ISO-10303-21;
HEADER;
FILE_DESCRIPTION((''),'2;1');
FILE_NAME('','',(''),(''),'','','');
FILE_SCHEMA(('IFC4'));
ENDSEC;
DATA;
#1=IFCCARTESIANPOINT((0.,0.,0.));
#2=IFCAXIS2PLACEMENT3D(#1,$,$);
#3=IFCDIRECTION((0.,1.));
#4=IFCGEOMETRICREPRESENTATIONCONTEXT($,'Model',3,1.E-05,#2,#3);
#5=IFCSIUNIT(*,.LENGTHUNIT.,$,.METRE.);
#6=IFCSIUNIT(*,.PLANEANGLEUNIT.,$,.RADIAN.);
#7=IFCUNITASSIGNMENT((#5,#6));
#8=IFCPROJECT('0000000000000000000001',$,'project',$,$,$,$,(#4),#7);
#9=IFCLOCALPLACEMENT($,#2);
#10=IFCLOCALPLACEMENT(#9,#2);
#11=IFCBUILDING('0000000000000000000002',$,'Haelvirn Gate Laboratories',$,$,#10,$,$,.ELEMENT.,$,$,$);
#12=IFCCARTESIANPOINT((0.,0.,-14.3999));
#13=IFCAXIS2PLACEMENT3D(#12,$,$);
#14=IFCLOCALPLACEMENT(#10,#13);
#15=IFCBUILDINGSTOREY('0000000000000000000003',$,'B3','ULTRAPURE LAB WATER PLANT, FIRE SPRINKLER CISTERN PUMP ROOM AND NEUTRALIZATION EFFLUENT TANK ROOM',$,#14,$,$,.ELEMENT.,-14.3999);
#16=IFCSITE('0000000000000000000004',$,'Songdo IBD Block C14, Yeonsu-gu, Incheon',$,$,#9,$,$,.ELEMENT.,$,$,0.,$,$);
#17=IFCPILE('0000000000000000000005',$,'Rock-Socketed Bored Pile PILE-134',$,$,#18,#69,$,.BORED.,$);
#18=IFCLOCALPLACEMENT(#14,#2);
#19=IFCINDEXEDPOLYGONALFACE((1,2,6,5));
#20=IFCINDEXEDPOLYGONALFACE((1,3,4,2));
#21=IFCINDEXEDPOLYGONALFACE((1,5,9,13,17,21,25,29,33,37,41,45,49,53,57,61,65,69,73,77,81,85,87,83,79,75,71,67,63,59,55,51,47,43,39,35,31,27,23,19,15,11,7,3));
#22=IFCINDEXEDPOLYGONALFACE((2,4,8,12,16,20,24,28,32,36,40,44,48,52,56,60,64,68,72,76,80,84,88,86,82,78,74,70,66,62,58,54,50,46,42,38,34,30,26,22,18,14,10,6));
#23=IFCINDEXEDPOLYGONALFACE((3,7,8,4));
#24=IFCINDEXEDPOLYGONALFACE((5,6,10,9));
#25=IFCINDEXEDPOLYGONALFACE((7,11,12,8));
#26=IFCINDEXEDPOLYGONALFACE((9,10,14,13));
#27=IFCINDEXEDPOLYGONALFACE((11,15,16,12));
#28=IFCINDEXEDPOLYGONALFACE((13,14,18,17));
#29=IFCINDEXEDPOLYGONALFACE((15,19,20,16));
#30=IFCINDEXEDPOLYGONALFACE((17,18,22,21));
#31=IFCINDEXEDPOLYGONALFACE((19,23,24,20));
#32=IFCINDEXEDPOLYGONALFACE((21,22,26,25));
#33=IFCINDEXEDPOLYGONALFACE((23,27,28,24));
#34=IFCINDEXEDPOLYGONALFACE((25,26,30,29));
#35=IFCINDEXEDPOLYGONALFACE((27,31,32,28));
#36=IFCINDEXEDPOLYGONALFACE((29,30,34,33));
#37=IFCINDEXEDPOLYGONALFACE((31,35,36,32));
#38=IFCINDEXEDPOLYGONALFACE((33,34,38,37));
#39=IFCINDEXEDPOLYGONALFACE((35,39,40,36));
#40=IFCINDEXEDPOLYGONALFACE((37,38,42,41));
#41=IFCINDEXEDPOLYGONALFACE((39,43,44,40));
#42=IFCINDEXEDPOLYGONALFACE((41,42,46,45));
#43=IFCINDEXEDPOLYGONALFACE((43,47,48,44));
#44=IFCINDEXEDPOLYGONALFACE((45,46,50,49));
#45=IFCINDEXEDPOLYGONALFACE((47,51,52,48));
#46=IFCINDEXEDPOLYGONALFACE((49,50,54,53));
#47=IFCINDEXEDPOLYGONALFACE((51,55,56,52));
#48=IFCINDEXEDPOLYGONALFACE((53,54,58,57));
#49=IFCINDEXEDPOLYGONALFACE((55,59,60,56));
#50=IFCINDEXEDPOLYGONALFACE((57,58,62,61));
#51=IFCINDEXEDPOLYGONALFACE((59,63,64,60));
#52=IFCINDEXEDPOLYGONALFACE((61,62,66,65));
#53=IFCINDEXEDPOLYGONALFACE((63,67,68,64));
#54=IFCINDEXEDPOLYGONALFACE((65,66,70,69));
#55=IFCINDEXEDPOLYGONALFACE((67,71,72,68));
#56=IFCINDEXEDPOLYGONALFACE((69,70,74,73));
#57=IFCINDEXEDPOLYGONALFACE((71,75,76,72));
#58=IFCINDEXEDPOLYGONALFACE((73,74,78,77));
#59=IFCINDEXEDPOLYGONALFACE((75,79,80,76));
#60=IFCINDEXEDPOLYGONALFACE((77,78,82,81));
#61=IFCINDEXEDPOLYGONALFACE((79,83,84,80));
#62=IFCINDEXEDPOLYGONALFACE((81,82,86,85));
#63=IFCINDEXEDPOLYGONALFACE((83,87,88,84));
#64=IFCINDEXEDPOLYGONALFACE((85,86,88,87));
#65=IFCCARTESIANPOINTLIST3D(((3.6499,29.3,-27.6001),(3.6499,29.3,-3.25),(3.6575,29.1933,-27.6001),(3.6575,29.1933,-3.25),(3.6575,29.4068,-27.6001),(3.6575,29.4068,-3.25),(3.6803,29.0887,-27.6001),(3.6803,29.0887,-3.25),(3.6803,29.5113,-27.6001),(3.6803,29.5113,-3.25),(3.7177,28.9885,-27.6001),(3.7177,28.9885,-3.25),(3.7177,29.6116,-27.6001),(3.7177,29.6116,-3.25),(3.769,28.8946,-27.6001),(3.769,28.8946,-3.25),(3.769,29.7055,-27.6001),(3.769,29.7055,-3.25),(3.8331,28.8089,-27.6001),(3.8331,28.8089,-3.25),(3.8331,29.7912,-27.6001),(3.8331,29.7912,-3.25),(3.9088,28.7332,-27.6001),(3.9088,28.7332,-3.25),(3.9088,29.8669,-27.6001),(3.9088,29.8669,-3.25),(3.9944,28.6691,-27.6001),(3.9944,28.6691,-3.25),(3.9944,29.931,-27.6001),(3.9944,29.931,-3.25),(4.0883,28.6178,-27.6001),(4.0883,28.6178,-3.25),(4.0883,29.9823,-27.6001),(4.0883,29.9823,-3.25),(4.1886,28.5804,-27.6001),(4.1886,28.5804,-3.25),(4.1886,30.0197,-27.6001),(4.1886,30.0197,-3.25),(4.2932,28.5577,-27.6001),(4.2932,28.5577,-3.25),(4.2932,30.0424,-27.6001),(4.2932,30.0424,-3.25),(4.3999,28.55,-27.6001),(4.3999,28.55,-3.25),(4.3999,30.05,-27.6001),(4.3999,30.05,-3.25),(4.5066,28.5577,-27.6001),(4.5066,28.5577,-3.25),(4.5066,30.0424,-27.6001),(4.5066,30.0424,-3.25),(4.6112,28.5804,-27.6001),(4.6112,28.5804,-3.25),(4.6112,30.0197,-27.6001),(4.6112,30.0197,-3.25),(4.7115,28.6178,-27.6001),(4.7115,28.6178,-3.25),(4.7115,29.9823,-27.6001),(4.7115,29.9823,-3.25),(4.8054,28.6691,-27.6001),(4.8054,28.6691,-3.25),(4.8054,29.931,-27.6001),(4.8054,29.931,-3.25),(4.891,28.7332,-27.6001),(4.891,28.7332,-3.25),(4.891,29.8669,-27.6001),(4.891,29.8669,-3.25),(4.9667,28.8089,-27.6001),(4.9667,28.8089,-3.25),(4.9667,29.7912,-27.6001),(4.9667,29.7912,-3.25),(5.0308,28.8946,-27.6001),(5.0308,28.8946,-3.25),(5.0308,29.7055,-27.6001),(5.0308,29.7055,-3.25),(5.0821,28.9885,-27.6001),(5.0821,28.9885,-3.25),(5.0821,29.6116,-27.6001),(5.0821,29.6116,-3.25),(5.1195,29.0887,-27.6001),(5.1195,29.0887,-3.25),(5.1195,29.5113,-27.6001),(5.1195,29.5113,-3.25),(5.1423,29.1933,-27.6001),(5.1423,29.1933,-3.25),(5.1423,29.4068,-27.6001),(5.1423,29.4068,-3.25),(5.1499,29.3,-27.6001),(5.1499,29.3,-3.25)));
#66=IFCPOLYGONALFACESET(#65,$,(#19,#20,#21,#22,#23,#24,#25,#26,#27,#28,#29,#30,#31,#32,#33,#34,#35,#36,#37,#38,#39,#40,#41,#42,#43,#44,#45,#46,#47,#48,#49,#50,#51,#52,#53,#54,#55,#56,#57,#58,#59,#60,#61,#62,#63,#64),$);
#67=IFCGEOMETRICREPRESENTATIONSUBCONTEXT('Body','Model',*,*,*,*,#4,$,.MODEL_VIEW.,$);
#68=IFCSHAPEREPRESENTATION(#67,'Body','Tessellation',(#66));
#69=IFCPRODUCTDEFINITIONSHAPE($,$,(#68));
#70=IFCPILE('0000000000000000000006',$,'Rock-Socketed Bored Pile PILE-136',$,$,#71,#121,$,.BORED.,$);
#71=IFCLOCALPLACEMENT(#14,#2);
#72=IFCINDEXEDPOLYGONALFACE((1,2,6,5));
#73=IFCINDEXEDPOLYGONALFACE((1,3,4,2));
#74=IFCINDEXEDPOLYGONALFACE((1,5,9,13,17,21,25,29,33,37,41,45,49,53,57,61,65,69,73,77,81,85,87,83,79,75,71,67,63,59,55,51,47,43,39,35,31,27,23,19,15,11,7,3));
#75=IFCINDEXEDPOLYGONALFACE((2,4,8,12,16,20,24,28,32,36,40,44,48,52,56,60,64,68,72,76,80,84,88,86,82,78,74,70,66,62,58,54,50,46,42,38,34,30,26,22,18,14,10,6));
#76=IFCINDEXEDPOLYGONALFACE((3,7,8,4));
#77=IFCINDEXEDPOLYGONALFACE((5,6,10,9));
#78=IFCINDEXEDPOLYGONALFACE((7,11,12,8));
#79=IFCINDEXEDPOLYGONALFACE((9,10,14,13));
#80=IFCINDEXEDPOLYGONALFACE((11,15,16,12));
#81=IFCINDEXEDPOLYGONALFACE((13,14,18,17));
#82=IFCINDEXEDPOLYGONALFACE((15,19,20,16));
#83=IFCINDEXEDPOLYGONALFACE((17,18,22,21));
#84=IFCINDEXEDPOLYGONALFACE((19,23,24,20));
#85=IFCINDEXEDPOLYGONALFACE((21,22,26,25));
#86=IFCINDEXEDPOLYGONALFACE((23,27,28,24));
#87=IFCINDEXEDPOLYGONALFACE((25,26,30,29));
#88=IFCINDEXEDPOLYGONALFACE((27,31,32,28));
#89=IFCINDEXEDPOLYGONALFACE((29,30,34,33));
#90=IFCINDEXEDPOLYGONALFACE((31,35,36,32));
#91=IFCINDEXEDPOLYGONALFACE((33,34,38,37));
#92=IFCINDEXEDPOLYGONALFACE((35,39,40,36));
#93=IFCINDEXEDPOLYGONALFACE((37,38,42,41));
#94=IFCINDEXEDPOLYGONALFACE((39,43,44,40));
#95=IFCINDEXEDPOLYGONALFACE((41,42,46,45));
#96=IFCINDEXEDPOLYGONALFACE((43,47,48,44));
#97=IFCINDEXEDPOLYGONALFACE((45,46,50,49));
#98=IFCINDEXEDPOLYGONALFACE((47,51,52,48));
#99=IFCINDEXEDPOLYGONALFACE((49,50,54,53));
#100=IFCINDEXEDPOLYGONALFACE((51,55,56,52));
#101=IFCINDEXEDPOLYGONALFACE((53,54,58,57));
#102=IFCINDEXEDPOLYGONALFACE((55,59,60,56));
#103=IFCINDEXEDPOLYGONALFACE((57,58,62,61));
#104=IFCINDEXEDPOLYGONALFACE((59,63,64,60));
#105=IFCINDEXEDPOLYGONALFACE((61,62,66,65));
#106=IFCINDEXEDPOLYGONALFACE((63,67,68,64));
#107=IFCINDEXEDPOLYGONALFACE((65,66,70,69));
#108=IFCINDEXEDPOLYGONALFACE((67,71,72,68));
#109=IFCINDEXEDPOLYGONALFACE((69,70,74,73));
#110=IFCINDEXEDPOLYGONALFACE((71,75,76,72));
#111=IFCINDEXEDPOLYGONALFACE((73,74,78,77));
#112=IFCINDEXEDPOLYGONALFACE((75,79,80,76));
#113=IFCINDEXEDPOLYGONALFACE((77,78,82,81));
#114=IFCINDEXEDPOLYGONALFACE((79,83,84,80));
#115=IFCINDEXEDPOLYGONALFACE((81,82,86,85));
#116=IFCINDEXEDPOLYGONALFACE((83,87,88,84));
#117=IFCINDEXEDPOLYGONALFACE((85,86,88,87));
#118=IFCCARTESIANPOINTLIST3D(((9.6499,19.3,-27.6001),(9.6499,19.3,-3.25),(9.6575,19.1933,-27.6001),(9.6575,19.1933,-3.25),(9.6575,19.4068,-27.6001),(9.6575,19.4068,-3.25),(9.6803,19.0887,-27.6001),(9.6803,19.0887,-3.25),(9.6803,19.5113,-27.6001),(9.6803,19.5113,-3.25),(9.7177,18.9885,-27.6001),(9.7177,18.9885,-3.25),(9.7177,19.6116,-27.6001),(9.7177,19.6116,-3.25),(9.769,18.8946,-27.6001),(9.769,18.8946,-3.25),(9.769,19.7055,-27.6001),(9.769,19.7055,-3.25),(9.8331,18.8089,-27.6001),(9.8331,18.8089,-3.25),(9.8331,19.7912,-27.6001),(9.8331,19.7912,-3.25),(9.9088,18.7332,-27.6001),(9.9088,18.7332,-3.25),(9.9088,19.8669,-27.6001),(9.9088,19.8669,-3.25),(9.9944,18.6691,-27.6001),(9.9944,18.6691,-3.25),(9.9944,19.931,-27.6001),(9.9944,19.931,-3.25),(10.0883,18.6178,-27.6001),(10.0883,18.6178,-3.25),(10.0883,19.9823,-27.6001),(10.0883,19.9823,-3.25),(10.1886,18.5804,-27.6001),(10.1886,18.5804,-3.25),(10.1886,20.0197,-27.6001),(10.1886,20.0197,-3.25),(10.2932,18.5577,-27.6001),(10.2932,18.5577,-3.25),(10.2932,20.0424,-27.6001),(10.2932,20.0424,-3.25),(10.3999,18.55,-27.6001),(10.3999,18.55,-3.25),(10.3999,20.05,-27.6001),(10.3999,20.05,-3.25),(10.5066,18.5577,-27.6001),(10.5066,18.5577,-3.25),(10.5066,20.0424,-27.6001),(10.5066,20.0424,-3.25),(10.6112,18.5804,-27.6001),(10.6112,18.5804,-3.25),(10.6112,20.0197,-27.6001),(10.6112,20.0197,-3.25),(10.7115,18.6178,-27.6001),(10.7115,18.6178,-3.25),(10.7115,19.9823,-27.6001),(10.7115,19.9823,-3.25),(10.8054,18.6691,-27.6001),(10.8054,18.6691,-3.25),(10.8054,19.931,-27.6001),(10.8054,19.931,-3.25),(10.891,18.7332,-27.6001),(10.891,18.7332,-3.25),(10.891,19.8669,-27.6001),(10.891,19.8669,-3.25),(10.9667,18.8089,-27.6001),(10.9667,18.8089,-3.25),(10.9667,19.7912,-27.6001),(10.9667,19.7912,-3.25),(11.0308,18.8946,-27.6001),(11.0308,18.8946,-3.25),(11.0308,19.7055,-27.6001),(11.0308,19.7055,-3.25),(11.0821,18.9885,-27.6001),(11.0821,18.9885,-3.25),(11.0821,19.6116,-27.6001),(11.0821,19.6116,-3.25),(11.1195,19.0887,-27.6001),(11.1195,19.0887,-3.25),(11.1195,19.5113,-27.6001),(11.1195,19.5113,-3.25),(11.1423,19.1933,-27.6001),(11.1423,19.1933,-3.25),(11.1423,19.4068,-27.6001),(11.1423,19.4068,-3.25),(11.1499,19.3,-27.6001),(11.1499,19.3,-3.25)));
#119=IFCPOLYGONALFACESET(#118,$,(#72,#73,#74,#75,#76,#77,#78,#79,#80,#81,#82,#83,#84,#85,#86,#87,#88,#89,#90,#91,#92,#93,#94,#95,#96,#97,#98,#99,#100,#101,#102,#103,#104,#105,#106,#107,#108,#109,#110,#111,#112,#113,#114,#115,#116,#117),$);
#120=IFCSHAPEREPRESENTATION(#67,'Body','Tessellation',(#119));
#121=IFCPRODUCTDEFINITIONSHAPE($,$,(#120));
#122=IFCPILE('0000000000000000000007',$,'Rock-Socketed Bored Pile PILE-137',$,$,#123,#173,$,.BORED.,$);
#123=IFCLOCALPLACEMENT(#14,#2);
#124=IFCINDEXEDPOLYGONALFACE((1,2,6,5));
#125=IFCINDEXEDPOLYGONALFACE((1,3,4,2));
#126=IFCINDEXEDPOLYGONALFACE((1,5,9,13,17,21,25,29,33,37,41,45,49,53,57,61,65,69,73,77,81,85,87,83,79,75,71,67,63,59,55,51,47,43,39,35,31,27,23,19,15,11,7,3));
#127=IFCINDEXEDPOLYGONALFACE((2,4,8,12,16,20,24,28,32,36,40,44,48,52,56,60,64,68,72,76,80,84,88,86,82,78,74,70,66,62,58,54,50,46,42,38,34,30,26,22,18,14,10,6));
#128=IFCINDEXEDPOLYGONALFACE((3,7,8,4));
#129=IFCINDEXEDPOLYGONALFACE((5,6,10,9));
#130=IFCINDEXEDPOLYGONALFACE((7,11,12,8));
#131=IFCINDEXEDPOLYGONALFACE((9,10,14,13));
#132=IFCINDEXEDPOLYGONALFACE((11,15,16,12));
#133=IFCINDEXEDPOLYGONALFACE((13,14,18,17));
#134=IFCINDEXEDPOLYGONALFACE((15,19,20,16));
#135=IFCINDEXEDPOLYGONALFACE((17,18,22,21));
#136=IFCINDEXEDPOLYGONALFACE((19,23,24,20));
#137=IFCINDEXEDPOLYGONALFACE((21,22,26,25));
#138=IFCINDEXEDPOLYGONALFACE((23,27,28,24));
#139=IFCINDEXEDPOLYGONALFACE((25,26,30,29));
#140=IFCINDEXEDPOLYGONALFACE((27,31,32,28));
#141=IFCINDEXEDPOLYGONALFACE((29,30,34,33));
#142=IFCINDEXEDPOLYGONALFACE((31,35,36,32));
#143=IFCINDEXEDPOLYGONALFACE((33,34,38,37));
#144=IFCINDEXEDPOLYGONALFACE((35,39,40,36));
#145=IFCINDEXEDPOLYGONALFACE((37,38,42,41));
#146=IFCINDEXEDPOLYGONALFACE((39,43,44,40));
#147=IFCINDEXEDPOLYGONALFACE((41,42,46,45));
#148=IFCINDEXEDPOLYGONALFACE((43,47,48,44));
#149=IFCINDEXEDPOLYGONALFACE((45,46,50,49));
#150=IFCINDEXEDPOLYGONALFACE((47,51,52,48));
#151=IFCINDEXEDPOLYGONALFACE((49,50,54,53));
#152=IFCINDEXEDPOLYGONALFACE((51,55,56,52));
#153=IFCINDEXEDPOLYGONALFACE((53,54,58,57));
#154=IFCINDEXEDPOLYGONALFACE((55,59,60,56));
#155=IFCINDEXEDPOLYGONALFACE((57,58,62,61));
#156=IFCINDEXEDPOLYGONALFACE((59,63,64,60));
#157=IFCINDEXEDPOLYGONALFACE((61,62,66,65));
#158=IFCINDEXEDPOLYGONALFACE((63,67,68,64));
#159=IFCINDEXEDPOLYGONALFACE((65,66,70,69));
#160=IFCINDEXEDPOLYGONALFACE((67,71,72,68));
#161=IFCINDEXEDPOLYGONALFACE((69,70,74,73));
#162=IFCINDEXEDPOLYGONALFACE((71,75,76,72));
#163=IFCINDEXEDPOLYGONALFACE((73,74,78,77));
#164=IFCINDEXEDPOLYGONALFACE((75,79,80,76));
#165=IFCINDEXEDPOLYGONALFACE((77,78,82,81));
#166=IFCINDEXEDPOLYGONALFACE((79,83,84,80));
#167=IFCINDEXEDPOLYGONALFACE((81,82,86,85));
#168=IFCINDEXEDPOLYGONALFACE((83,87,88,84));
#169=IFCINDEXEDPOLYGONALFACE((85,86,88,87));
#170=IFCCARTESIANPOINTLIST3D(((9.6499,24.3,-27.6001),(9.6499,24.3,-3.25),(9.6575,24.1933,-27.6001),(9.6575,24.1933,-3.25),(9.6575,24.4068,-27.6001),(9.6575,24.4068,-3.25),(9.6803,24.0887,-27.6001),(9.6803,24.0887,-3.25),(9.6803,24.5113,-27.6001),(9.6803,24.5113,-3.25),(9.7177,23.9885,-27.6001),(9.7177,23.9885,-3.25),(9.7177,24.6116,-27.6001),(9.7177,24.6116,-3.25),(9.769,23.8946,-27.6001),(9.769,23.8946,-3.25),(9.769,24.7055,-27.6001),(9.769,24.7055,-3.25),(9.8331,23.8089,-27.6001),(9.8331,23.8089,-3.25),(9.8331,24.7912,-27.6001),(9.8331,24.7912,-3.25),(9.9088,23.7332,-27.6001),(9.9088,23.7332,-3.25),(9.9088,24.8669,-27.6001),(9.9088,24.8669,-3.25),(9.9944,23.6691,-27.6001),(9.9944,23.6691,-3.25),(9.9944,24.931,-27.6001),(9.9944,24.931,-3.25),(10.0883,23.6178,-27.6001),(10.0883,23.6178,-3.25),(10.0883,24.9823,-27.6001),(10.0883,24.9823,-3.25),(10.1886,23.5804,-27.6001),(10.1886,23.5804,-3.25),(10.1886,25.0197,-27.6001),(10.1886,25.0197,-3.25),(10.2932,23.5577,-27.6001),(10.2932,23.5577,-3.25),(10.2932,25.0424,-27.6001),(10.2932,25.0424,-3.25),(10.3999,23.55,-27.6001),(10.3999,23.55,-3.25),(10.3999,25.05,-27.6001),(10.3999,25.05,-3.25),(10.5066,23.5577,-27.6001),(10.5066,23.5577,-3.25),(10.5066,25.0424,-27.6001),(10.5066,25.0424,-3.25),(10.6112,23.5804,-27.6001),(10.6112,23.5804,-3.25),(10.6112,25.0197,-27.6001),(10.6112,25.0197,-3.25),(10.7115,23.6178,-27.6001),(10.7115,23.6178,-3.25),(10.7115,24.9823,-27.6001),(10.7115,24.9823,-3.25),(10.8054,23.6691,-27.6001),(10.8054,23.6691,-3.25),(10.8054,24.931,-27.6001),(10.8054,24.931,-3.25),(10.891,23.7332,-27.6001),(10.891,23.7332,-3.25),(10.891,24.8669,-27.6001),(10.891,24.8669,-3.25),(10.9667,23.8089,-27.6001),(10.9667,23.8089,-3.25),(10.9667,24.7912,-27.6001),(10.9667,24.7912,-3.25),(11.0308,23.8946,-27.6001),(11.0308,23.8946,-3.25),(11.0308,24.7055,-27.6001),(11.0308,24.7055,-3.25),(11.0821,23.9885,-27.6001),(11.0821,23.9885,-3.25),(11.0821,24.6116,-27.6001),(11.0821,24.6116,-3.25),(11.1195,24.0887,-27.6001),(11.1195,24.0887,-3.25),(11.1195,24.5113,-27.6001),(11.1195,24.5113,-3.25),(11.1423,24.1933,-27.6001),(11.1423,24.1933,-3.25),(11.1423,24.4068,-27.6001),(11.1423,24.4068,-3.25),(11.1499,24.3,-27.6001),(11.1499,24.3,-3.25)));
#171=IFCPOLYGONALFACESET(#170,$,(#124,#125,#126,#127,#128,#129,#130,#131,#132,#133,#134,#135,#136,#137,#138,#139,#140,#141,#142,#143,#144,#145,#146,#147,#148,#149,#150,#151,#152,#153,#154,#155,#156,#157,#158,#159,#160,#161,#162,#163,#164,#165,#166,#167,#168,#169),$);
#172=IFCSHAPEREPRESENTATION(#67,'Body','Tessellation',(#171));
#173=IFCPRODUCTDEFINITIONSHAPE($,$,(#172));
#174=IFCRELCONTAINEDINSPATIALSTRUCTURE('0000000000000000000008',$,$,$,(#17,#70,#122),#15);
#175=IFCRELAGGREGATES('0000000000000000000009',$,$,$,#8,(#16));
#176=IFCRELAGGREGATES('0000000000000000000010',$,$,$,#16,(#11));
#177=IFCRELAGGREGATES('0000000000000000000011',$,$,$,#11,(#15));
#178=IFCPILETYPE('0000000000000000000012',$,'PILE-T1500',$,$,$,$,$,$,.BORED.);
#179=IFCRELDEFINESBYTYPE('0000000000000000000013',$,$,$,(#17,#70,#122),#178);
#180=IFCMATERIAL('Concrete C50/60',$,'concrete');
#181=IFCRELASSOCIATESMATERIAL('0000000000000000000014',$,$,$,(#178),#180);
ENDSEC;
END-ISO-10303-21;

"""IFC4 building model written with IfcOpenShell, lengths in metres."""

from ifc_helpers import new_model, si_unit, direction, frame, origin, origin_2d, place, context, subcontext, project, spatial, circle, extrude, source, transform, mapped, material, material_profile, profile_set, type_object, type_shapes, element, save


model = new_model("IFC4")

# Units and contexts
model_context = context("Model", 3, precision=1e-05, world=origin(), true_north=direction((0.0, 1.0)))
body_context = subcontext(model_context, "Body", "Model", "MODEL_VIEW")
ifc_project = project(units=[si_unit("LENGTHUNIT", "METRE"), si_unit("PLANEANGLEUNIT", "RADIAN")], contexts=[model_context])

# Site, building, storey
site_placement = place(None, origin())
site = spatial("IfcSite", under=ifc_project, at=site_placement, Name="Songdo IBD Block C14, Yeonsu-gu, Incheon", CompositionType="ELEMENT", RefElevation=0.0)
building_placement = place(site_placement, origin())
building = spatial("IfcBuilding", under=site, at=building_placement, Name="Haelvirn Gate Laboratories", CompositionType="ELEMENT")
storey_placement = place(building_placement, frame((0.0, 0.0, -14.3999)))
storey = spatial("IfcBuildingStorey", under=building, at=storey_placement, Name="B3", Description="ULTRAPURE LAB WATER PLANT, FIRE SPRINKLER CISTERN PUMP ROOM AND NEUTRALIZATION EFFLUENT TANK ROOM", CompositionType="ELEMENT", Elevation=-14.3999)

# Piles
ifc_material_1 = material(Name="Concrete C50/60", Category="concrete")
ifc_material_profile_1 = material_profile(ifc_material_1, circle(Radius=0.75, at=origin_2d()), Name="PILE-D1500")
ifc_profile_set_1 = profile_set([ifc_material_profile_1], Name="Concrete C50/60")
pile_type_1 = type_object("IfcPileType", Name="PILE-T1500", PredefinedType="BORED", material=ifc_profile_set_1)
shared_shape_1 = source(origin(), body_context, "Body", "SweptSolid", [
    extrude(circle(Radius=0.75, at=origin_2d()), origin(), (0.0, 0.0, 1.0), 24.3501),
])
type_shapes(pile_type_1, [shared_shape_1])
for number, where, z_axis, x_axis, name in (
    (1, (4.3999, 29.3, -3.25), (0.0, 0.0, -1.0), (1.0, 0.0, 0.0), "Rock-Socketed Bored Pile PILE-134"),
    (2, (10.3999, 19.3, -3.25), (0.0, 0.0, -1.0), (1.0, 0.0, 0.0), "Rock-Socketed Bored Pile PILE-136"),
    (3, (10.3999, 24.3, -3.25), (0.0, 0.0, -1.0), (1.0, 0.0, 0.0), "Rock-Socketed Bored Pile PILE-137"),
):
    element("IfcPile", number, at=place(storey_placement, frame(where, z_axis=z_axis, x_axis=x_axis)), inside=storey, type_object=pile_type_1, Name=name, PredefinedType="BORED", context=body_context, shape_type="MappedRepresentation", body=[
        mapped(shared_shape_1, transform((0.0, 0.0, 0.0), scale=1.0)),
    ])

save(model, "model.ifc")
